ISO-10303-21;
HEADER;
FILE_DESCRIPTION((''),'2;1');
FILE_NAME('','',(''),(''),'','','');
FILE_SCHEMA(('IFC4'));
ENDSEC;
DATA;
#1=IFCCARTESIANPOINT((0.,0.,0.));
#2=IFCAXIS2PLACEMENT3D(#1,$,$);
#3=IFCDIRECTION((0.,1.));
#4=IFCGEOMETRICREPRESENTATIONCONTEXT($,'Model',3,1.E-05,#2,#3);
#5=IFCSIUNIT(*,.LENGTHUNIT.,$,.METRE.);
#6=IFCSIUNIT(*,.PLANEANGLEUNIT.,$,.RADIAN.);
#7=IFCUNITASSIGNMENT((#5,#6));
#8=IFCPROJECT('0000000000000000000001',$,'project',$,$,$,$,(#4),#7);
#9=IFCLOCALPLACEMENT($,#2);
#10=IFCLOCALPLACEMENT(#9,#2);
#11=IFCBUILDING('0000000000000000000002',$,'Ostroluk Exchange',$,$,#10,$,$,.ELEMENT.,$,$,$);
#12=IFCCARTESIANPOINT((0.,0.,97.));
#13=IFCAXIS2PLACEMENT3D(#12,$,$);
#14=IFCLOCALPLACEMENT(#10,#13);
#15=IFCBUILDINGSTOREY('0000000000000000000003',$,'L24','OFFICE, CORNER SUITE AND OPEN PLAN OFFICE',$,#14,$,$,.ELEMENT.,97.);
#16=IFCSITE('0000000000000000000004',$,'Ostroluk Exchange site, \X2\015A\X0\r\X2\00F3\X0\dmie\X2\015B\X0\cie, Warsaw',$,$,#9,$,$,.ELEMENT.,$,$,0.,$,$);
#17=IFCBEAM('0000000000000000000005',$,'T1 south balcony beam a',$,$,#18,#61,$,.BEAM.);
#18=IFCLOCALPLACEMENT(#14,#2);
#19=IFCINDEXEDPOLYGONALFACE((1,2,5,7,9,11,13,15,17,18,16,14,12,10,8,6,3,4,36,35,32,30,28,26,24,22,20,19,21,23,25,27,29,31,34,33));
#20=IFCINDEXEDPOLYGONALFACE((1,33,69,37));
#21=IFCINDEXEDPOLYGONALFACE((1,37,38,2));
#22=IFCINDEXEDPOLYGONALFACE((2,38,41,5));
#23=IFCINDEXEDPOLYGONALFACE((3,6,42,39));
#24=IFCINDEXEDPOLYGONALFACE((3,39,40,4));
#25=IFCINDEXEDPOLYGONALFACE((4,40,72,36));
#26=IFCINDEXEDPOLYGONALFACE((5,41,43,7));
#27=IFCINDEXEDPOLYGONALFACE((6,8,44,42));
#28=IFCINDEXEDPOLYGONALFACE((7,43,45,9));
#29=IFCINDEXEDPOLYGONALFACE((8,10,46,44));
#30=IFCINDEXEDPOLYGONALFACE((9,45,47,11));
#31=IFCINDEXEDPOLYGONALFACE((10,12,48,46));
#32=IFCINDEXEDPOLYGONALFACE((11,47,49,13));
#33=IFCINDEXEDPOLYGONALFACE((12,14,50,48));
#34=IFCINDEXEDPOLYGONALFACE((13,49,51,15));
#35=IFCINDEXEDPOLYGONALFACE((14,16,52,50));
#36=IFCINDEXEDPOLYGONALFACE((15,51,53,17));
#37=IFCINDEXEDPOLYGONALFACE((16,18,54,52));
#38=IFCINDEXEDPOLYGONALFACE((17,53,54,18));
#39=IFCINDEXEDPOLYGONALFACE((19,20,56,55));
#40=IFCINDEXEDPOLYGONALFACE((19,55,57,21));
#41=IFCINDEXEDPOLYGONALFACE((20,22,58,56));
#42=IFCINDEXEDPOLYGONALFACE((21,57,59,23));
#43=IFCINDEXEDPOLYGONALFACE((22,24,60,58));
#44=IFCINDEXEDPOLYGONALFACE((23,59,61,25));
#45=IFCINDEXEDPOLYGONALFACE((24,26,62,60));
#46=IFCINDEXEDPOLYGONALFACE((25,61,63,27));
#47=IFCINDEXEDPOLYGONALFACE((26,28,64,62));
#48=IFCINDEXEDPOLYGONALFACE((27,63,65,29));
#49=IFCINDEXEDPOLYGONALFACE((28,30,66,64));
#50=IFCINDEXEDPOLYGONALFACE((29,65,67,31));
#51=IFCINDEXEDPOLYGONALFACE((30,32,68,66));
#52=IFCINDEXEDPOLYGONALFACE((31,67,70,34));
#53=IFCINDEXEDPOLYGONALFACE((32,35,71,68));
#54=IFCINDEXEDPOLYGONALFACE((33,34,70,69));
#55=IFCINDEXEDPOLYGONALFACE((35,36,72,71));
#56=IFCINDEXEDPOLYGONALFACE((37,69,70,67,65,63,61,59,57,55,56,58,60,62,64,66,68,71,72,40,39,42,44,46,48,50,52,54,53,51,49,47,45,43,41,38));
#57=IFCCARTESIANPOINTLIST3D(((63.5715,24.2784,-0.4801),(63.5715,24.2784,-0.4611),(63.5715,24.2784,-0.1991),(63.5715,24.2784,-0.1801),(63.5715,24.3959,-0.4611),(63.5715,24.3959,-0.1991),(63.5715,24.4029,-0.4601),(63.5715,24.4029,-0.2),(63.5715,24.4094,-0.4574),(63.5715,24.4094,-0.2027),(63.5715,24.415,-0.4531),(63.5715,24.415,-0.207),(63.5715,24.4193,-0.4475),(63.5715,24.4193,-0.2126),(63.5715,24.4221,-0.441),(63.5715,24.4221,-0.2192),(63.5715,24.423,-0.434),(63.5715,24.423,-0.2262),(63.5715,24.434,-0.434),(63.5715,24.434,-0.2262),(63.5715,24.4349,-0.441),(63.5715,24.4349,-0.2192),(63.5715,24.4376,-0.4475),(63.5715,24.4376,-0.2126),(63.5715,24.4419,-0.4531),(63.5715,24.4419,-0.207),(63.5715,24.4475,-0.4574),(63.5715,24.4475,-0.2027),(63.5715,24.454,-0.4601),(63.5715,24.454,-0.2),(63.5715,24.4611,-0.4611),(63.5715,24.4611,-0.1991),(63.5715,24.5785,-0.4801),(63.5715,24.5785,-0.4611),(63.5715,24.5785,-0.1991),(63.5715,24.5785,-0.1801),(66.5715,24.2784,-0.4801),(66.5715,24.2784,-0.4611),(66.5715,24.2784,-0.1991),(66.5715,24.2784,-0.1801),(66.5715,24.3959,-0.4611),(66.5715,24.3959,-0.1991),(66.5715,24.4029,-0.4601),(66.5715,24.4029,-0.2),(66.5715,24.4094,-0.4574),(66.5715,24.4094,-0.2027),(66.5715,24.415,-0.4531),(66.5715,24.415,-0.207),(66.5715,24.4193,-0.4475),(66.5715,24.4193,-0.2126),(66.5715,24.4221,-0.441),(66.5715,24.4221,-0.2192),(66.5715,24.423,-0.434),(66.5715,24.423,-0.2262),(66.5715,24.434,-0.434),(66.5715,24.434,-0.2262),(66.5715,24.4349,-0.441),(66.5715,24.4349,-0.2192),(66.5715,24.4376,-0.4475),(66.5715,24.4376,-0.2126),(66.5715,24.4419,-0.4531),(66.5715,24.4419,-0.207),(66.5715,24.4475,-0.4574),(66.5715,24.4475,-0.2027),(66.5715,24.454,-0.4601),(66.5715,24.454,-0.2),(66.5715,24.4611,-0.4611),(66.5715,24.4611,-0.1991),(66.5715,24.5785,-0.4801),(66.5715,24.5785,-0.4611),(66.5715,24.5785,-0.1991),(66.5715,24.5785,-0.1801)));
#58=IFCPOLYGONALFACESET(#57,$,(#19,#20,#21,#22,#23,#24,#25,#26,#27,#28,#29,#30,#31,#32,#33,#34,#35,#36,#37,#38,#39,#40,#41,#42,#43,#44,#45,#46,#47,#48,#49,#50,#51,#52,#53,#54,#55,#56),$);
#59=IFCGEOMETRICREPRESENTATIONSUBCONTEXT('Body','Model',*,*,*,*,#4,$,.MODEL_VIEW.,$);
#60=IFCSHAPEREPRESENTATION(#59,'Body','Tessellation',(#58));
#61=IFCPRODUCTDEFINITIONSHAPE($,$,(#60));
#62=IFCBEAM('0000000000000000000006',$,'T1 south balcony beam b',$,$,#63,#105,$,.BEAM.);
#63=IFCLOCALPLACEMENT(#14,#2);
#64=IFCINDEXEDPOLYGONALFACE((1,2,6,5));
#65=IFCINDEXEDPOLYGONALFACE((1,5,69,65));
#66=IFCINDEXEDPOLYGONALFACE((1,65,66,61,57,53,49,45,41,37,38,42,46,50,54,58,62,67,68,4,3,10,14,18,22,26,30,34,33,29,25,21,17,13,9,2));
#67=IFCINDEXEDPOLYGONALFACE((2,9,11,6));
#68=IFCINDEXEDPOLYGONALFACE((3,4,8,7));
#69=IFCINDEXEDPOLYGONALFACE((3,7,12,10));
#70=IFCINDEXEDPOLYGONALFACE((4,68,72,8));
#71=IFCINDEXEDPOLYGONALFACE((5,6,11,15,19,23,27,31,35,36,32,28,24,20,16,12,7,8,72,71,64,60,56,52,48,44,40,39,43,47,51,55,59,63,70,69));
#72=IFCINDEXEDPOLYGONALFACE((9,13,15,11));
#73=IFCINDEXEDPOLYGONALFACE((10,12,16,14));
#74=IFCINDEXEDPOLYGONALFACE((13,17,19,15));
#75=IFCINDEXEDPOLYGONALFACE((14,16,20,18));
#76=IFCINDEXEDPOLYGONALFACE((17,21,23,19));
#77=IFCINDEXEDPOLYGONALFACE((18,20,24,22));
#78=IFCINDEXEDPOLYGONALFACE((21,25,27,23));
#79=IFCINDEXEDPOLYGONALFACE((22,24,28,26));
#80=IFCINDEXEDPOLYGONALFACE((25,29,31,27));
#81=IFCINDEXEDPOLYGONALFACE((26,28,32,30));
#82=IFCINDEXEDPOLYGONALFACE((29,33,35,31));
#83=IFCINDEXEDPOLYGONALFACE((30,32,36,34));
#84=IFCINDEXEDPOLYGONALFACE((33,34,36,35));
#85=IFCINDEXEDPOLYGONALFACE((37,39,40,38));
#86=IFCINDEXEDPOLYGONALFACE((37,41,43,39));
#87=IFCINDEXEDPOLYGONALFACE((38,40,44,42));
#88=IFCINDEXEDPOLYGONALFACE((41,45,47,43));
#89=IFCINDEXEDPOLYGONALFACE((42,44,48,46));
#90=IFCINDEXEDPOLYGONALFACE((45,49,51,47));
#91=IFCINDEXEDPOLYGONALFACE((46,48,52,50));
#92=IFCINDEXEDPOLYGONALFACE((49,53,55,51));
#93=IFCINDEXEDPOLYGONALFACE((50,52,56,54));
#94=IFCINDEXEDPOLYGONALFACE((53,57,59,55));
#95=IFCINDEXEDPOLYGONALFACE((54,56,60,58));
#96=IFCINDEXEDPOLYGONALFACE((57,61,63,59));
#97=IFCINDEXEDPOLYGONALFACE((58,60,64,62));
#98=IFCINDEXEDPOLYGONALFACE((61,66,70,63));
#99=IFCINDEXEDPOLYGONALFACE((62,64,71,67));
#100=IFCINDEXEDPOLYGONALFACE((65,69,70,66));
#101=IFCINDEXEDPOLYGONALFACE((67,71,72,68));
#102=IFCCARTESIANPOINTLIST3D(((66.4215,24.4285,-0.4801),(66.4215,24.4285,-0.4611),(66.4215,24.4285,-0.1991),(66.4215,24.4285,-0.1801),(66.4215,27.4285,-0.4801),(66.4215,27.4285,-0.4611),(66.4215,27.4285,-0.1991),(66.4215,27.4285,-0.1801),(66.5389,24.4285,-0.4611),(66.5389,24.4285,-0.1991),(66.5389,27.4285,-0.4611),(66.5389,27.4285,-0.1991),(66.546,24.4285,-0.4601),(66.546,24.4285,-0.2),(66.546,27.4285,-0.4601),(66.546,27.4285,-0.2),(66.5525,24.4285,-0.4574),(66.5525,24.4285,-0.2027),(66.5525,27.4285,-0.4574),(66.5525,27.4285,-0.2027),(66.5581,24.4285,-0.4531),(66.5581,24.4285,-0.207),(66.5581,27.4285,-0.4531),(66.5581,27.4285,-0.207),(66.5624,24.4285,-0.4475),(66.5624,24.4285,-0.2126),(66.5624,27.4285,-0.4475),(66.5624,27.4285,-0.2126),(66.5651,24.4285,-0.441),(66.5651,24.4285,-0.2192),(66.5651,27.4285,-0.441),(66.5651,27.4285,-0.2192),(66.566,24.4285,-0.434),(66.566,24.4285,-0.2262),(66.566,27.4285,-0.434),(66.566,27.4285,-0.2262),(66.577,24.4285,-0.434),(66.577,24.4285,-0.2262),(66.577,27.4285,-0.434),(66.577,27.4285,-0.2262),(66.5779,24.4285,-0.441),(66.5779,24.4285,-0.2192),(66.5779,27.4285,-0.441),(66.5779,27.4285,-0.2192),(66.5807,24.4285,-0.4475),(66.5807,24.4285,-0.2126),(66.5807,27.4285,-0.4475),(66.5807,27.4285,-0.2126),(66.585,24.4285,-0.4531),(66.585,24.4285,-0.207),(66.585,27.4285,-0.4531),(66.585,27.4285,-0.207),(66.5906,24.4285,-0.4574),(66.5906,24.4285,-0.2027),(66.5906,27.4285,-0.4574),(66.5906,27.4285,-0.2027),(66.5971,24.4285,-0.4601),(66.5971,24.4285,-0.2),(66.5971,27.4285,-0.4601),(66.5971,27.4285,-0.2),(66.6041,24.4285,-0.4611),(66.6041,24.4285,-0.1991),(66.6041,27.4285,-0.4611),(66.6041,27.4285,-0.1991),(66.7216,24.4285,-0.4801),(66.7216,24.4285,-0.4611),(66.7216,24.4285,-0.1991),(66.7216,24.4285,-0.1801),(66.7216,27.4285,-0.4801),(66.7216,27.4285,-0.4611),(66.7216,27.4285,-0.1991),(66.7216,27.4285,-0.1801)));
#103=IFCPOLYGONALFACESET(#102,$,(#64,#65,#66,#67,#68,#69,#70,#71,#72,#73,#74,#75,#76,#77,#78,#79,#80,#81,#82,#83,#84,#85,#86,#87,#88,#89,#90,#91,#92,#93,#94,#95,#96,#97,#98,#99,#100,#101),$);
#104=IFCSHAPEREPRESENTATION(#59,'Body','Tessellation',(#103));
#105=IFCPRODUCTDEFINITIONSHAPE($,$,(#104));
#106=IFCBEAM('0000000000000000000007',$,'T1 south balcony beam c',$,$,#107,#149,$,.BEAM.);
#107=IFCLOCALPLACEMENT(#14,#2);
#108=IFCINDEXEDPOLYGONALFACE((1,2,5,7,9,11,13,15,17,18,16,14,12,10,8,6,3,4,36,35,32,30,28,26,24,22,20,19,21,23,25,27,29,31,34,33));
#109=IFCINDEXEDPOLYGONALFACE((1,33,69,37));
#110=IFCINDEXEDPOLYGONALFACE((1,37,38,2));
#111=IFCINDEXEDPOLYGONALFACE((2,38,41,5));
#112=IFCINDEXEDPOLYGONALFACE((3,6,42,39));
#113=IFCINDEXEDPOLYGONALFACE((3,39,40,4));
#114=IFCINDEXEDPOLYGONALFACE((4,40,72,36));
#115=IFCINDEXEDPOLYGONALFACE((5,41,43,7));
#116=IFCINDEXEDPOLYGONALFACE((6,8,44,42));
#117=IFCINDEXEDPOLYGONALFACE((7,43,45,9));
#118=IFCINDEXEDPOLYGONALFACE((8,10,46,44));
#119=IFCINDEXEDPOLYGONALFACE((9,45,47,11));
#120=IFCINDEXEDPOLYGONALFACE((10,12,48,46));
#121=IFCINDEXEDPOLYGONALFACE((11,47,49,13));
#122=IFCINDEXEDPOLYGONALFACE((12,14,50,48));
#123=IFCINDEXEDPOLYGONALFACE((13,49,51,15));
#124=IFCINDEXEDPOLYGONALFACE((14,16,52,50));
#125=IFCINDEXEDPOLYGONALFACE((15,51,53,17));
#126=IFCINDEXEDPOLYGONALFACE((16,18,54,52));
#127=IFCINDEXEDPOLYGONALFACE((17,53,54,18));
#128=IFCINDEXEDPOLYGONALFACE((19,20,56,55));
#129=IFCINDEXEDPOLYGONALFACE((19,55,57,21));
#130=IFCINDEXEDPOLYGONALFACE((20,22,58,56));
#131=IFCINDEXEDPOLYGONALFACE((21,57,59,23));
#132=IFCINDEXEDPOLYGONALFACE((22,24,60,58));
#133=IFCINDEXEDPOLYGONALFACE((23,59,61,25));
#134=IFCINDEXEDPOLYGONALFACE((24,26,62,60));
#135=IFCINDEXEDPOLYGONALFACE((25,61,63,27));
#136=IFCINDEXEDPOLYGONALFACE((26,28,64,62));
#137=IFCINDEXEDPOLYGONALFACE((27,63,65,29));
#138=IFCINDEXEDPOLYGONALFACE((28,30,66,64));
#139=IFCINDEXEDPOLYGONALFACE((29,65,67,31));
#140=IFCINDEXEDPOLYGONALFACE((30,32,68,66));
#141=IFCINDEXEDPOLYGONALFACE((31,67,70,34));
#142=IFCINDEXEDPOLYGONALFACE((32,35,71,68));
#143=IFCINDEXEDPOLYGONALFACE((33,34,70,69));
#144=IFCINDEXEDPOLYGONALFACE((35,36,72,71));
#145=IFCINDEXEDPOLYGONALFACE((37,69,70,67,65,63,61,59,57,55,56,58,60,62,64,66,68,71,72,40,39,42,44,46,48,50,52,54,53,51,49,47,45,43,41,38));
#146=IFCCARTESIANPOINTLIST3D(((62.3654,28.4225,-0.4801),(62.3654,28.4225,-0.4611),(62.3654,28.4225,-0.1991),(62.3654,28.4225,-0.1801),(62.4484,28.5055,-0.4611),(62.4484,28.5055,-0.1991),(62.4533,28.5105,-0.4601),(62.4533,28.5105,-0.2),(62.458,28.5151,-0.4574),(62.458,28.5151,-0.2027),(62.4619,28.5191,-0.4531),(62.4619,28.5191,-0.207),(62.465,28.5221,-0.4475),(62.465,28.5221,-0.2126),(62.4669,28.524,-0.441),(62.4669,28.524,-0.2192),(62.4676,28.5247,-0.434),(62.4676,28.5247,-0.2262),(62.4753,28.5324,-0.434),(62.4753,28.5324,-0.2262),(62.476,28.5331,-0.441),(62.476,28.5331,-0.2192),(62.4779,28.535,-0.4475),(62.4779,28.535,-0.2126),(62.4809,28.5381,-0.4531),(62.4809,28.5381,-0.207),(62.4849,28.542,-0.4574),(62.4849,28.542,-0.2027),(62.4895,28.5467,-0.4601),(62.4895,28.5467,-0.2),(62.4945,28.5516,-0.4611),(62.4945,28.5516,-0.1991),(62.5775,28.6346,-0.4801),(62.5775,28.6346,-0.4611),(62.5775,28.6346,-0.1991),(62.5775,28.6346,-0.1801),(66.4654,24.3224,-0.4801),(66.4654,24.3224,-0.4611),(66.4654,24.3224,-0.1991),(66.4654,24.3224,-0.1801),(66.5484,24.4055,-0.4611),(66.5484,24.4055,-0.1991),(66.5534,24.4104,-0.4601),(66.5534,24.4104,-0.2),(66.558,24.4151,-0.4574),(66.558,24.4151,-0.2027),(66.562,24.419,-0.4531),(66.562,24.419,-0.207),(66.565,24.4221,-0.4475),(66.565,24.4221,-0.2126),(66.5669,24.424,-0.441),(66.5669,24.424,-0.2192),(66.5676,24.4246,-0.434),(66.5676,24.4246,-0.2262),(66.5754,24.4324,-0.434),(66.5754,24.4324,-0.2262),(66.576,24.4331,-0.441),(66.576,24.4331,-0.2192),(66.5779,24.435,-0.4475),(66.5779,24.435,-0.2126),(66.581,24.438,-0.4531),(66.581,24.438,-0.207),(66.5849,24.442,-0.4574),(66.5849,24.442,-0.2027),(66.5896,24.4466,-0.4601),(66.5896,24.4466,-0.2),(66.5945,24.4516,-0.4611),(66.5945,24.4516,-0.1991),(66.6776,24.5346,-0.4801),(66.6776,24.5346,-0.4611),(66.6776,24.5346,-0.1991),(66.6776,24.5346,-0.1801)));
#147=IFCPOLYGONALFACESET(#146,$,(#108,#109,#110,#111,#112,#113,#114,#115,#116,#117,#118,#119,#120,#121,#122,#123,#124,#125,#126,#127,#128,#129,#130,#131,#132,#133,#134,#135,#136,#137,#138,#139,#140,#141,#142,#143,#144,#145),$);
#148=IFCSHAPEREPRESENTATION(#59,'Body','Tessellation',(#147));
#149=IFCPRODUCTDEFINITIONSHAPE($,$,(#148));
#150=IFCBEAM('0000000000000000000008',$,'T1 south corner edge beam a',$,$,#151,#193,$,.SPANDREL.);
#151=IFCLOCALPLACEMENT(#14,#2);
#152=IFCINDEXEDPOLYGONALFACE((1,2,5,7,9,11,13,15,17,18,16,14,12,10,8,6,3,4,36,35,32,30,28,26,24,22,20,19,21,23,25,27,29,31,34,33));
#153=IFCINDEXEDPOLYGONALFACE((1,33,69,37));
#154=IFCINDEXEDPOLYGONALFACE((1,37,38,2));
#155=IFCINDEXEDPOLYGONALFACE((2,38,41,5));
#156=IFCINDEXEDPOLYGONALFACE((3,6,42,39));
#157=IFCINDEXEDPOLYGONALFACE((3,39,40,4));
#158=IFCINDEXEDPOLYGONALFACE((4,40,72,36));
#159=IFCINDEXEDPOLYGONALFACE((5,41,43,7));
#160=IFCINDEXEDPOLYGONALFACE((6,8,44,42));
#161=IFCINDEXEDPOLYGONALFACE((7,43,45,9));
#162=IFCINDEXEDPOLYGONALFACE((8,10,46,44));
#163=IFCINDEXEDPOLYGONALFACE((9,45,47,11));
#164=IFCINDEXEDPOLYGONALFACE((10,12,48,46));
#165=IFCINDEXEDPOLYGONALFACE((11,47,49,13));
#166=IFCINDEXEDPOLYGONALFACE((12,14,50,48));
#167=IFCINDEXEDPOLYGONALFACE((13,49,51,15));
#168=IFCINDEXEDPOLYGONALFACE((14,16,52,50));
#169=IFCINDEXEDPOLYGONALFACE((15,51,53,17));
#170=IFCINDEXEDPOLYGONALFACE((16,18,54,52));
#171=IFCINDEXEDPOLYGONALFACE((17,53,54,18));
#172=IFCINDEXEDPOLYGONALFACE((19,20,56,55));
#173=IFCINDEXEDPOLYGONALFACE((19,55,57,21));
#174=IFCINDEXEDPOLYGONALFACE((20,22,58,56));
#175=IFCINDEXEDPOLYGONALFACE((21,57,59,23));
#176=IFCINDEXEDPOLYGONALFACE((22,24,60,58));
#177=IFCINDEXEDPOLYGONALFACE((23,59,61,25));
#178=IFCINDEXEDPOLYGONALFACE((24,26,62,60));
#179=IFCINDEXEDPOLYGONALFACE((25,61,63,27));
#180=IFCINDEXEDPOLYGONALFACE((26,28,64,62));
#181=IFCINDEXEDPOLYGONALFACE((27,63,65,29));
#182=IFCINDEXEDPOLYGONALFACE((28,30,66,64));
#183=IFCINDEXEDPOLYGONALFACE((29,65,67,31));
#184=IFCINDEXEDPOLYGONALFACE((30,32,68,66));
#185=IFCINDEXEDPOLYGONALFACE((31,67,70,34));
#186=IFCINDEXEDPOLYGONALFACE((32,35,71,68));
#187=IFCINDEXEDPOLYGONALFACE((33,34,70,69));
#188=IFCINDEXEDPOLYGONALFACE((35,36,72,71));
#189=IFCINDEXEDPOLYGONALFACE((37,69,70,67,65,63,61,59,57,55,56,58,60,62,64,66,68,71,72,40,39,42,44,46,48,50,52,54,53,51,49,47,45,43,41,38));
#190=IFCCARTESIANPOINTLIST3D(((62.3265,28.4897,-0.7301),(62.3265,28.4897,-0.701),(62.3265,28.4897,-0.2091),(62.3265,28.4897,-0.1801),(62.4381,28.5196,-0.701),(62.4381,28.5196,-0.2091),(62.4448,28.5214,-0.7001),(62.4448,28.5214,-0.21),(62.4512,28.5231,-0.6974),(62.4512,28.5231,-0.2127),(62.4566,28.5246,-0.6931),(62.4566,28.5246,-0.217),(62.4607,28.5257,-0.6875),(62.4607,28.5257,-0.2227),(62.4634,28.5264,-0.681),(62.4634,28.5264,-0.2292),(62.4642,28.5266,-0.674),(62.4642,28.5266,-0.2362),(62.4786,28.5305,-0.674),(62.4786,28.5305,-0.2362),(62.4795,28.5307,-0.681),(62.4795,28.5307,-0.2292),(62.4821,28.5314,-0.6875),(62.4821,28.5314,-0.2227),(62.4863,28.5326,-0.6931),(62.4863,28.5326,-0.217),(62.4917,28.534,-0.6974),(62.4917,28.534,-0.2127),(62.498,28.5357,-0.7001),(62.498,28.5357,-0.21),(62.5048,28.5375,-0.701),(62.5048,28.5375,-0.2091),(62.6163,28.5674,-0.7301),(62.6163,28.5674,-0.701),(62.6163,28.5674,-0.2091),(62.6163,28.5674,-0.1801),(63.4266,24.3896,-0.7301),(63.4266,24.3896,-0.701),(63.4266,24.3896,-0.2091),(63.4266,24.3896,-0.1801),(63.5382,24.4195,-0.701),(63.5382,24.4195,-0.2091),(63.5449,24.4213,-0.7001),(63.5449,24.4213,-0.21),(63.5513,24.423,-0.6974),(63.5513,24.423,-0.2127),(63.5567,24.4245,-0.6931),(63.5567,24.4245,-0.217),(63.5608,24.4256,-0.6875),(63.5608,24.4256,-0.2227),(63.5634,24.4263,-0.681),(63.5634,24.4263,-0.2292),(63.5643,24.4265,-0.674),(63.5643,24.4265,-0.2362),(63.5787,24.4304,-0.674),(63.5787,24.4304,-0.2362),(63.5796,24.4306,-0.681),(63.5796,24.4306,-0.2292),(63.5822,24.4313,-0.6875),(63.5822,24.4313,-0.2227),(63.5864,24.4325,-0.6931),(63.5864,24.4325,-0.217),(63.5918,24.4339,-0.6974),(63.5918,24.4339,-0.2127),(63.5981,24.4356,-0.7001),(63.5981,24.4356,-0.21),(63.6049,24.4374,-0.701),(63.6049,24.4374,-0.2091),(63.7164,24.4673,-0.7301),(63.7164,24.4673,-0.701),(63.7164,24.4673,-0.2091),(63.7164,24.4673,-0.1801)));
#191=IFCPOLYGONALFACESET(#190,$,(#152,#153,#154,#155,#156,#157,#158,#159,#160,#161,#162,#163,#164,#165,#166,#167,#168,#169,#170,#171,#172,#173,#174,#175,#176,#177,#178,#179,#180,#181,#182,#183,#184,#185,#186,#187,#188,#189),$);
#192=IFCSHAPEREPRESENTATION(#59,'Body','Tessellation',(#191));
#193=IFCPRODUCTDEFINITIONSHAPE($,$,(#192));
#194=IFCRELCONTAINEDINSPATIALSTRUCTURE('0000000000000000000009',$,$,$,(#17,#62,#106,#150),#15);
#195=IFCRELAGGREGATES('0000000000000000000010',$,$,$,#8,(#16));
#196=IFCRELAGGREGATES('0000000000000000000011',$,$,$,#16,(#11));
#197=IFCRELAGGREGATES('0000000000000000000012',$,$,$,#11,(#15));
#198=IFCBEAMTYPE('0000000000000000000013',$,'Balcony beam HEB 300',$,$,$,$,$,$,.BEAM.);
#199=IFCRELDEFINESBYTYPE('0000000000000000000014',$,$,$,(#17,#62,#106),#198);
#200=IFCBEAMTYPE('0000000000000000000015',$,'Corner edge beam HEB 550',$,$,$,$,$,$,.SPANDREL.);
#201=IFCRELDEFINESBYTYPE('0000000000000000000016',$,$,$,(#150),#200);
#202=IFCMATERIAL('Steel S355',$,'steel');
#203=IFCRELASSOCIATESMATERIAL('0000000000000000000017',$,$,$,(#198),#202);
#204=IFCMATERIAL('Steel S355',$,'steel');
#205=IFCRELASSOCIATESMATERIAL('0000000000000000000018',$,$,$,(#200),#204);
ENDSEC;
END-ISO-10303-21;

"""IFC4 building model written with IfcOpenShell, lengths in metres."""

from ifc_helpers import new_model, si_unit, direction, frame, origin, origin_2d, place, context, subcontext, project, spatial, i_section, extrude, material, material_profile, profile_set, type_object, element, save


model = new_model("IFC4")

# Units and contexts
model_context = context("Model", 3, precision=1e-05, world=origin(), true_north=direction((0.0, 1.0)))
body_context = subcontext(model_context, "Body", "Model", "MODEL_VIEW")
ifc_project = project(units=[si_unit("LENGTHUNIT", "METRE"), si_unit("PLANEANGLEUNIT", "RADIAN")], contexts=[model_context])

# Site, building, storey
site_placement = place(None, origin())
site = spatial("IfcSite", under=ifc_project, at=site_placement, Name="Ostroluk Exchange site, Śródmieście, Warsaw", CompositionType="ELEMENT", RefElevation=0.0)
building_placement = place(site_placement, origin())
building = spatial("IfcBuilding", under=site, at=building_placement, Name="Ostroluk Exchange", CompositionType="ELEMENT")
storey_placement = place(building_placement, frame((0.0, 0.0, 97.0)))
storey = spatial("IfcBuildingStorey", under=building, at=storey_placement, Name="L24", Description="OFFICE, CORNER SUITE AND OPEN PLAN OFFICE", CompositionType="ELEMENT", Elevation=97.0)

# Beams
ifc_material_1 = material(Name="Steel S355", Category="steel")
ifc_material_profile_1 = material_profile(ifc_material_1, i_section(OverallWidth=0.3, OverallDepth=0.3, WebThickness=0.011, FlangeThickness=0.019, FilletRadius=0.0271, at=origin_2d()), Name="HEB 300")
ifc_profile_set_1 = profile_set([ifc_material_profile_1], Name="Steel S355")
beam_type_1 = type_object("IfcBeamType", Name="Balcony beam HEB 300", PredefinedType="BEAM", material=ifc_profile_set_1)
for number, where, z_axis, x_axis, name in (
    (1, (63.5715, 24.4285, -0.3301), (1.0, 0.0, 0.0), (0.0, 1.0, 0.0), "T1 south balcony beam a"),
    (2, (66.5715, 27.4285, -0.3301), (0.0, -1.0, 0.0), (1.0, 0.0, 0.0), "T1 south balcony beam b"),
):
    element("IfcBeam", number, at=place(storey_placement, frame(where, z_axis=z_axis, x_axis=x_axis)), inside=storey, type_object=beam_type_1, Name=name, PredefinedType="BEAM", context=body_context, shape_type="SweptSolid", body=[
        extrude(i_section(OverallWidth=0.3, OverallDepth=0.3, WebThickness=0.011, FlangeThickness=0.019, FilletRadius=0.0271, at=origin_2d()), origin(), (0.0, 0.0, 1.0), 3.0),
    ])
beam_1_placement = place(storey_placement, frame((62.4714, 28.5286, -0.3301), z_axis=(0.707107, -0.707107, 0.0), x_axis=(0.707107, 0.707107, 0.0)))
element("IfcBeam", 3, at=beam_1_placement, inside=storey, type_object=beam_type_1, Name="T1 south balcony beam c", PredefinedType="BEAM", context=body_context, shape_type="SweptSolid", body=[
    extrude(i_section(OverallWidth=0.3, OverallDepth=0.3, WebThickness=0.011, FlangeThickness=0.019, FilletRadius=0.0271, at=origin_2d()), origin(), (0.0, 0.0, 1.0), 5.7983),
])
ifc_material_2 = material(Name="Steel S355", Category="steel")
ifc_material_profile_2 = material_profile(ifc_material_2, i_section(OverallWidth=0.3, OverallDepth=0.55, WebThickness=0.0149, FlangeThickness=0.0291, FilletRadius=0.0271, at=origin_2d()), Name="HEB 550")
ifc_profile_set_2 = profile_set([ifc_material_profile_2], Name="Steel S355")
beam_type_2 = type_object("IfcBeamType", Name="Corner edge beam HEB 550", PredefinedType="SPANDREL", material=ifc_profile_set_2)
for number, where, z_axis, x_axis, name in (
    (4, (62.4714, 28.5286, -0.4551), (0.259144, -0.965839, 0.0), (0.965839, 0.259144, 0.0), "T1 south corner edge beam a"),
):
    element("IfcBeam", number, at=place(storey_placement, frame(where, z_axis=z_axis, x_axis=x_axis)), inside=storey, type_object=beam_type_2, Name=name, PredefinedType="SPANDREL", context=body_context, shape_type="SweptSolid", body=[
        extrude(i_section(OverallWidth=0.3, OverallDepth=0.55, WebThickness=0.0149, FlangeThickness=0.0291, FilletRadius=0.0271, at=origin_2d()), origin(), (0.0, 0.0, 1.0), 4.2451),
    ])

save(model, "model.ifc")
